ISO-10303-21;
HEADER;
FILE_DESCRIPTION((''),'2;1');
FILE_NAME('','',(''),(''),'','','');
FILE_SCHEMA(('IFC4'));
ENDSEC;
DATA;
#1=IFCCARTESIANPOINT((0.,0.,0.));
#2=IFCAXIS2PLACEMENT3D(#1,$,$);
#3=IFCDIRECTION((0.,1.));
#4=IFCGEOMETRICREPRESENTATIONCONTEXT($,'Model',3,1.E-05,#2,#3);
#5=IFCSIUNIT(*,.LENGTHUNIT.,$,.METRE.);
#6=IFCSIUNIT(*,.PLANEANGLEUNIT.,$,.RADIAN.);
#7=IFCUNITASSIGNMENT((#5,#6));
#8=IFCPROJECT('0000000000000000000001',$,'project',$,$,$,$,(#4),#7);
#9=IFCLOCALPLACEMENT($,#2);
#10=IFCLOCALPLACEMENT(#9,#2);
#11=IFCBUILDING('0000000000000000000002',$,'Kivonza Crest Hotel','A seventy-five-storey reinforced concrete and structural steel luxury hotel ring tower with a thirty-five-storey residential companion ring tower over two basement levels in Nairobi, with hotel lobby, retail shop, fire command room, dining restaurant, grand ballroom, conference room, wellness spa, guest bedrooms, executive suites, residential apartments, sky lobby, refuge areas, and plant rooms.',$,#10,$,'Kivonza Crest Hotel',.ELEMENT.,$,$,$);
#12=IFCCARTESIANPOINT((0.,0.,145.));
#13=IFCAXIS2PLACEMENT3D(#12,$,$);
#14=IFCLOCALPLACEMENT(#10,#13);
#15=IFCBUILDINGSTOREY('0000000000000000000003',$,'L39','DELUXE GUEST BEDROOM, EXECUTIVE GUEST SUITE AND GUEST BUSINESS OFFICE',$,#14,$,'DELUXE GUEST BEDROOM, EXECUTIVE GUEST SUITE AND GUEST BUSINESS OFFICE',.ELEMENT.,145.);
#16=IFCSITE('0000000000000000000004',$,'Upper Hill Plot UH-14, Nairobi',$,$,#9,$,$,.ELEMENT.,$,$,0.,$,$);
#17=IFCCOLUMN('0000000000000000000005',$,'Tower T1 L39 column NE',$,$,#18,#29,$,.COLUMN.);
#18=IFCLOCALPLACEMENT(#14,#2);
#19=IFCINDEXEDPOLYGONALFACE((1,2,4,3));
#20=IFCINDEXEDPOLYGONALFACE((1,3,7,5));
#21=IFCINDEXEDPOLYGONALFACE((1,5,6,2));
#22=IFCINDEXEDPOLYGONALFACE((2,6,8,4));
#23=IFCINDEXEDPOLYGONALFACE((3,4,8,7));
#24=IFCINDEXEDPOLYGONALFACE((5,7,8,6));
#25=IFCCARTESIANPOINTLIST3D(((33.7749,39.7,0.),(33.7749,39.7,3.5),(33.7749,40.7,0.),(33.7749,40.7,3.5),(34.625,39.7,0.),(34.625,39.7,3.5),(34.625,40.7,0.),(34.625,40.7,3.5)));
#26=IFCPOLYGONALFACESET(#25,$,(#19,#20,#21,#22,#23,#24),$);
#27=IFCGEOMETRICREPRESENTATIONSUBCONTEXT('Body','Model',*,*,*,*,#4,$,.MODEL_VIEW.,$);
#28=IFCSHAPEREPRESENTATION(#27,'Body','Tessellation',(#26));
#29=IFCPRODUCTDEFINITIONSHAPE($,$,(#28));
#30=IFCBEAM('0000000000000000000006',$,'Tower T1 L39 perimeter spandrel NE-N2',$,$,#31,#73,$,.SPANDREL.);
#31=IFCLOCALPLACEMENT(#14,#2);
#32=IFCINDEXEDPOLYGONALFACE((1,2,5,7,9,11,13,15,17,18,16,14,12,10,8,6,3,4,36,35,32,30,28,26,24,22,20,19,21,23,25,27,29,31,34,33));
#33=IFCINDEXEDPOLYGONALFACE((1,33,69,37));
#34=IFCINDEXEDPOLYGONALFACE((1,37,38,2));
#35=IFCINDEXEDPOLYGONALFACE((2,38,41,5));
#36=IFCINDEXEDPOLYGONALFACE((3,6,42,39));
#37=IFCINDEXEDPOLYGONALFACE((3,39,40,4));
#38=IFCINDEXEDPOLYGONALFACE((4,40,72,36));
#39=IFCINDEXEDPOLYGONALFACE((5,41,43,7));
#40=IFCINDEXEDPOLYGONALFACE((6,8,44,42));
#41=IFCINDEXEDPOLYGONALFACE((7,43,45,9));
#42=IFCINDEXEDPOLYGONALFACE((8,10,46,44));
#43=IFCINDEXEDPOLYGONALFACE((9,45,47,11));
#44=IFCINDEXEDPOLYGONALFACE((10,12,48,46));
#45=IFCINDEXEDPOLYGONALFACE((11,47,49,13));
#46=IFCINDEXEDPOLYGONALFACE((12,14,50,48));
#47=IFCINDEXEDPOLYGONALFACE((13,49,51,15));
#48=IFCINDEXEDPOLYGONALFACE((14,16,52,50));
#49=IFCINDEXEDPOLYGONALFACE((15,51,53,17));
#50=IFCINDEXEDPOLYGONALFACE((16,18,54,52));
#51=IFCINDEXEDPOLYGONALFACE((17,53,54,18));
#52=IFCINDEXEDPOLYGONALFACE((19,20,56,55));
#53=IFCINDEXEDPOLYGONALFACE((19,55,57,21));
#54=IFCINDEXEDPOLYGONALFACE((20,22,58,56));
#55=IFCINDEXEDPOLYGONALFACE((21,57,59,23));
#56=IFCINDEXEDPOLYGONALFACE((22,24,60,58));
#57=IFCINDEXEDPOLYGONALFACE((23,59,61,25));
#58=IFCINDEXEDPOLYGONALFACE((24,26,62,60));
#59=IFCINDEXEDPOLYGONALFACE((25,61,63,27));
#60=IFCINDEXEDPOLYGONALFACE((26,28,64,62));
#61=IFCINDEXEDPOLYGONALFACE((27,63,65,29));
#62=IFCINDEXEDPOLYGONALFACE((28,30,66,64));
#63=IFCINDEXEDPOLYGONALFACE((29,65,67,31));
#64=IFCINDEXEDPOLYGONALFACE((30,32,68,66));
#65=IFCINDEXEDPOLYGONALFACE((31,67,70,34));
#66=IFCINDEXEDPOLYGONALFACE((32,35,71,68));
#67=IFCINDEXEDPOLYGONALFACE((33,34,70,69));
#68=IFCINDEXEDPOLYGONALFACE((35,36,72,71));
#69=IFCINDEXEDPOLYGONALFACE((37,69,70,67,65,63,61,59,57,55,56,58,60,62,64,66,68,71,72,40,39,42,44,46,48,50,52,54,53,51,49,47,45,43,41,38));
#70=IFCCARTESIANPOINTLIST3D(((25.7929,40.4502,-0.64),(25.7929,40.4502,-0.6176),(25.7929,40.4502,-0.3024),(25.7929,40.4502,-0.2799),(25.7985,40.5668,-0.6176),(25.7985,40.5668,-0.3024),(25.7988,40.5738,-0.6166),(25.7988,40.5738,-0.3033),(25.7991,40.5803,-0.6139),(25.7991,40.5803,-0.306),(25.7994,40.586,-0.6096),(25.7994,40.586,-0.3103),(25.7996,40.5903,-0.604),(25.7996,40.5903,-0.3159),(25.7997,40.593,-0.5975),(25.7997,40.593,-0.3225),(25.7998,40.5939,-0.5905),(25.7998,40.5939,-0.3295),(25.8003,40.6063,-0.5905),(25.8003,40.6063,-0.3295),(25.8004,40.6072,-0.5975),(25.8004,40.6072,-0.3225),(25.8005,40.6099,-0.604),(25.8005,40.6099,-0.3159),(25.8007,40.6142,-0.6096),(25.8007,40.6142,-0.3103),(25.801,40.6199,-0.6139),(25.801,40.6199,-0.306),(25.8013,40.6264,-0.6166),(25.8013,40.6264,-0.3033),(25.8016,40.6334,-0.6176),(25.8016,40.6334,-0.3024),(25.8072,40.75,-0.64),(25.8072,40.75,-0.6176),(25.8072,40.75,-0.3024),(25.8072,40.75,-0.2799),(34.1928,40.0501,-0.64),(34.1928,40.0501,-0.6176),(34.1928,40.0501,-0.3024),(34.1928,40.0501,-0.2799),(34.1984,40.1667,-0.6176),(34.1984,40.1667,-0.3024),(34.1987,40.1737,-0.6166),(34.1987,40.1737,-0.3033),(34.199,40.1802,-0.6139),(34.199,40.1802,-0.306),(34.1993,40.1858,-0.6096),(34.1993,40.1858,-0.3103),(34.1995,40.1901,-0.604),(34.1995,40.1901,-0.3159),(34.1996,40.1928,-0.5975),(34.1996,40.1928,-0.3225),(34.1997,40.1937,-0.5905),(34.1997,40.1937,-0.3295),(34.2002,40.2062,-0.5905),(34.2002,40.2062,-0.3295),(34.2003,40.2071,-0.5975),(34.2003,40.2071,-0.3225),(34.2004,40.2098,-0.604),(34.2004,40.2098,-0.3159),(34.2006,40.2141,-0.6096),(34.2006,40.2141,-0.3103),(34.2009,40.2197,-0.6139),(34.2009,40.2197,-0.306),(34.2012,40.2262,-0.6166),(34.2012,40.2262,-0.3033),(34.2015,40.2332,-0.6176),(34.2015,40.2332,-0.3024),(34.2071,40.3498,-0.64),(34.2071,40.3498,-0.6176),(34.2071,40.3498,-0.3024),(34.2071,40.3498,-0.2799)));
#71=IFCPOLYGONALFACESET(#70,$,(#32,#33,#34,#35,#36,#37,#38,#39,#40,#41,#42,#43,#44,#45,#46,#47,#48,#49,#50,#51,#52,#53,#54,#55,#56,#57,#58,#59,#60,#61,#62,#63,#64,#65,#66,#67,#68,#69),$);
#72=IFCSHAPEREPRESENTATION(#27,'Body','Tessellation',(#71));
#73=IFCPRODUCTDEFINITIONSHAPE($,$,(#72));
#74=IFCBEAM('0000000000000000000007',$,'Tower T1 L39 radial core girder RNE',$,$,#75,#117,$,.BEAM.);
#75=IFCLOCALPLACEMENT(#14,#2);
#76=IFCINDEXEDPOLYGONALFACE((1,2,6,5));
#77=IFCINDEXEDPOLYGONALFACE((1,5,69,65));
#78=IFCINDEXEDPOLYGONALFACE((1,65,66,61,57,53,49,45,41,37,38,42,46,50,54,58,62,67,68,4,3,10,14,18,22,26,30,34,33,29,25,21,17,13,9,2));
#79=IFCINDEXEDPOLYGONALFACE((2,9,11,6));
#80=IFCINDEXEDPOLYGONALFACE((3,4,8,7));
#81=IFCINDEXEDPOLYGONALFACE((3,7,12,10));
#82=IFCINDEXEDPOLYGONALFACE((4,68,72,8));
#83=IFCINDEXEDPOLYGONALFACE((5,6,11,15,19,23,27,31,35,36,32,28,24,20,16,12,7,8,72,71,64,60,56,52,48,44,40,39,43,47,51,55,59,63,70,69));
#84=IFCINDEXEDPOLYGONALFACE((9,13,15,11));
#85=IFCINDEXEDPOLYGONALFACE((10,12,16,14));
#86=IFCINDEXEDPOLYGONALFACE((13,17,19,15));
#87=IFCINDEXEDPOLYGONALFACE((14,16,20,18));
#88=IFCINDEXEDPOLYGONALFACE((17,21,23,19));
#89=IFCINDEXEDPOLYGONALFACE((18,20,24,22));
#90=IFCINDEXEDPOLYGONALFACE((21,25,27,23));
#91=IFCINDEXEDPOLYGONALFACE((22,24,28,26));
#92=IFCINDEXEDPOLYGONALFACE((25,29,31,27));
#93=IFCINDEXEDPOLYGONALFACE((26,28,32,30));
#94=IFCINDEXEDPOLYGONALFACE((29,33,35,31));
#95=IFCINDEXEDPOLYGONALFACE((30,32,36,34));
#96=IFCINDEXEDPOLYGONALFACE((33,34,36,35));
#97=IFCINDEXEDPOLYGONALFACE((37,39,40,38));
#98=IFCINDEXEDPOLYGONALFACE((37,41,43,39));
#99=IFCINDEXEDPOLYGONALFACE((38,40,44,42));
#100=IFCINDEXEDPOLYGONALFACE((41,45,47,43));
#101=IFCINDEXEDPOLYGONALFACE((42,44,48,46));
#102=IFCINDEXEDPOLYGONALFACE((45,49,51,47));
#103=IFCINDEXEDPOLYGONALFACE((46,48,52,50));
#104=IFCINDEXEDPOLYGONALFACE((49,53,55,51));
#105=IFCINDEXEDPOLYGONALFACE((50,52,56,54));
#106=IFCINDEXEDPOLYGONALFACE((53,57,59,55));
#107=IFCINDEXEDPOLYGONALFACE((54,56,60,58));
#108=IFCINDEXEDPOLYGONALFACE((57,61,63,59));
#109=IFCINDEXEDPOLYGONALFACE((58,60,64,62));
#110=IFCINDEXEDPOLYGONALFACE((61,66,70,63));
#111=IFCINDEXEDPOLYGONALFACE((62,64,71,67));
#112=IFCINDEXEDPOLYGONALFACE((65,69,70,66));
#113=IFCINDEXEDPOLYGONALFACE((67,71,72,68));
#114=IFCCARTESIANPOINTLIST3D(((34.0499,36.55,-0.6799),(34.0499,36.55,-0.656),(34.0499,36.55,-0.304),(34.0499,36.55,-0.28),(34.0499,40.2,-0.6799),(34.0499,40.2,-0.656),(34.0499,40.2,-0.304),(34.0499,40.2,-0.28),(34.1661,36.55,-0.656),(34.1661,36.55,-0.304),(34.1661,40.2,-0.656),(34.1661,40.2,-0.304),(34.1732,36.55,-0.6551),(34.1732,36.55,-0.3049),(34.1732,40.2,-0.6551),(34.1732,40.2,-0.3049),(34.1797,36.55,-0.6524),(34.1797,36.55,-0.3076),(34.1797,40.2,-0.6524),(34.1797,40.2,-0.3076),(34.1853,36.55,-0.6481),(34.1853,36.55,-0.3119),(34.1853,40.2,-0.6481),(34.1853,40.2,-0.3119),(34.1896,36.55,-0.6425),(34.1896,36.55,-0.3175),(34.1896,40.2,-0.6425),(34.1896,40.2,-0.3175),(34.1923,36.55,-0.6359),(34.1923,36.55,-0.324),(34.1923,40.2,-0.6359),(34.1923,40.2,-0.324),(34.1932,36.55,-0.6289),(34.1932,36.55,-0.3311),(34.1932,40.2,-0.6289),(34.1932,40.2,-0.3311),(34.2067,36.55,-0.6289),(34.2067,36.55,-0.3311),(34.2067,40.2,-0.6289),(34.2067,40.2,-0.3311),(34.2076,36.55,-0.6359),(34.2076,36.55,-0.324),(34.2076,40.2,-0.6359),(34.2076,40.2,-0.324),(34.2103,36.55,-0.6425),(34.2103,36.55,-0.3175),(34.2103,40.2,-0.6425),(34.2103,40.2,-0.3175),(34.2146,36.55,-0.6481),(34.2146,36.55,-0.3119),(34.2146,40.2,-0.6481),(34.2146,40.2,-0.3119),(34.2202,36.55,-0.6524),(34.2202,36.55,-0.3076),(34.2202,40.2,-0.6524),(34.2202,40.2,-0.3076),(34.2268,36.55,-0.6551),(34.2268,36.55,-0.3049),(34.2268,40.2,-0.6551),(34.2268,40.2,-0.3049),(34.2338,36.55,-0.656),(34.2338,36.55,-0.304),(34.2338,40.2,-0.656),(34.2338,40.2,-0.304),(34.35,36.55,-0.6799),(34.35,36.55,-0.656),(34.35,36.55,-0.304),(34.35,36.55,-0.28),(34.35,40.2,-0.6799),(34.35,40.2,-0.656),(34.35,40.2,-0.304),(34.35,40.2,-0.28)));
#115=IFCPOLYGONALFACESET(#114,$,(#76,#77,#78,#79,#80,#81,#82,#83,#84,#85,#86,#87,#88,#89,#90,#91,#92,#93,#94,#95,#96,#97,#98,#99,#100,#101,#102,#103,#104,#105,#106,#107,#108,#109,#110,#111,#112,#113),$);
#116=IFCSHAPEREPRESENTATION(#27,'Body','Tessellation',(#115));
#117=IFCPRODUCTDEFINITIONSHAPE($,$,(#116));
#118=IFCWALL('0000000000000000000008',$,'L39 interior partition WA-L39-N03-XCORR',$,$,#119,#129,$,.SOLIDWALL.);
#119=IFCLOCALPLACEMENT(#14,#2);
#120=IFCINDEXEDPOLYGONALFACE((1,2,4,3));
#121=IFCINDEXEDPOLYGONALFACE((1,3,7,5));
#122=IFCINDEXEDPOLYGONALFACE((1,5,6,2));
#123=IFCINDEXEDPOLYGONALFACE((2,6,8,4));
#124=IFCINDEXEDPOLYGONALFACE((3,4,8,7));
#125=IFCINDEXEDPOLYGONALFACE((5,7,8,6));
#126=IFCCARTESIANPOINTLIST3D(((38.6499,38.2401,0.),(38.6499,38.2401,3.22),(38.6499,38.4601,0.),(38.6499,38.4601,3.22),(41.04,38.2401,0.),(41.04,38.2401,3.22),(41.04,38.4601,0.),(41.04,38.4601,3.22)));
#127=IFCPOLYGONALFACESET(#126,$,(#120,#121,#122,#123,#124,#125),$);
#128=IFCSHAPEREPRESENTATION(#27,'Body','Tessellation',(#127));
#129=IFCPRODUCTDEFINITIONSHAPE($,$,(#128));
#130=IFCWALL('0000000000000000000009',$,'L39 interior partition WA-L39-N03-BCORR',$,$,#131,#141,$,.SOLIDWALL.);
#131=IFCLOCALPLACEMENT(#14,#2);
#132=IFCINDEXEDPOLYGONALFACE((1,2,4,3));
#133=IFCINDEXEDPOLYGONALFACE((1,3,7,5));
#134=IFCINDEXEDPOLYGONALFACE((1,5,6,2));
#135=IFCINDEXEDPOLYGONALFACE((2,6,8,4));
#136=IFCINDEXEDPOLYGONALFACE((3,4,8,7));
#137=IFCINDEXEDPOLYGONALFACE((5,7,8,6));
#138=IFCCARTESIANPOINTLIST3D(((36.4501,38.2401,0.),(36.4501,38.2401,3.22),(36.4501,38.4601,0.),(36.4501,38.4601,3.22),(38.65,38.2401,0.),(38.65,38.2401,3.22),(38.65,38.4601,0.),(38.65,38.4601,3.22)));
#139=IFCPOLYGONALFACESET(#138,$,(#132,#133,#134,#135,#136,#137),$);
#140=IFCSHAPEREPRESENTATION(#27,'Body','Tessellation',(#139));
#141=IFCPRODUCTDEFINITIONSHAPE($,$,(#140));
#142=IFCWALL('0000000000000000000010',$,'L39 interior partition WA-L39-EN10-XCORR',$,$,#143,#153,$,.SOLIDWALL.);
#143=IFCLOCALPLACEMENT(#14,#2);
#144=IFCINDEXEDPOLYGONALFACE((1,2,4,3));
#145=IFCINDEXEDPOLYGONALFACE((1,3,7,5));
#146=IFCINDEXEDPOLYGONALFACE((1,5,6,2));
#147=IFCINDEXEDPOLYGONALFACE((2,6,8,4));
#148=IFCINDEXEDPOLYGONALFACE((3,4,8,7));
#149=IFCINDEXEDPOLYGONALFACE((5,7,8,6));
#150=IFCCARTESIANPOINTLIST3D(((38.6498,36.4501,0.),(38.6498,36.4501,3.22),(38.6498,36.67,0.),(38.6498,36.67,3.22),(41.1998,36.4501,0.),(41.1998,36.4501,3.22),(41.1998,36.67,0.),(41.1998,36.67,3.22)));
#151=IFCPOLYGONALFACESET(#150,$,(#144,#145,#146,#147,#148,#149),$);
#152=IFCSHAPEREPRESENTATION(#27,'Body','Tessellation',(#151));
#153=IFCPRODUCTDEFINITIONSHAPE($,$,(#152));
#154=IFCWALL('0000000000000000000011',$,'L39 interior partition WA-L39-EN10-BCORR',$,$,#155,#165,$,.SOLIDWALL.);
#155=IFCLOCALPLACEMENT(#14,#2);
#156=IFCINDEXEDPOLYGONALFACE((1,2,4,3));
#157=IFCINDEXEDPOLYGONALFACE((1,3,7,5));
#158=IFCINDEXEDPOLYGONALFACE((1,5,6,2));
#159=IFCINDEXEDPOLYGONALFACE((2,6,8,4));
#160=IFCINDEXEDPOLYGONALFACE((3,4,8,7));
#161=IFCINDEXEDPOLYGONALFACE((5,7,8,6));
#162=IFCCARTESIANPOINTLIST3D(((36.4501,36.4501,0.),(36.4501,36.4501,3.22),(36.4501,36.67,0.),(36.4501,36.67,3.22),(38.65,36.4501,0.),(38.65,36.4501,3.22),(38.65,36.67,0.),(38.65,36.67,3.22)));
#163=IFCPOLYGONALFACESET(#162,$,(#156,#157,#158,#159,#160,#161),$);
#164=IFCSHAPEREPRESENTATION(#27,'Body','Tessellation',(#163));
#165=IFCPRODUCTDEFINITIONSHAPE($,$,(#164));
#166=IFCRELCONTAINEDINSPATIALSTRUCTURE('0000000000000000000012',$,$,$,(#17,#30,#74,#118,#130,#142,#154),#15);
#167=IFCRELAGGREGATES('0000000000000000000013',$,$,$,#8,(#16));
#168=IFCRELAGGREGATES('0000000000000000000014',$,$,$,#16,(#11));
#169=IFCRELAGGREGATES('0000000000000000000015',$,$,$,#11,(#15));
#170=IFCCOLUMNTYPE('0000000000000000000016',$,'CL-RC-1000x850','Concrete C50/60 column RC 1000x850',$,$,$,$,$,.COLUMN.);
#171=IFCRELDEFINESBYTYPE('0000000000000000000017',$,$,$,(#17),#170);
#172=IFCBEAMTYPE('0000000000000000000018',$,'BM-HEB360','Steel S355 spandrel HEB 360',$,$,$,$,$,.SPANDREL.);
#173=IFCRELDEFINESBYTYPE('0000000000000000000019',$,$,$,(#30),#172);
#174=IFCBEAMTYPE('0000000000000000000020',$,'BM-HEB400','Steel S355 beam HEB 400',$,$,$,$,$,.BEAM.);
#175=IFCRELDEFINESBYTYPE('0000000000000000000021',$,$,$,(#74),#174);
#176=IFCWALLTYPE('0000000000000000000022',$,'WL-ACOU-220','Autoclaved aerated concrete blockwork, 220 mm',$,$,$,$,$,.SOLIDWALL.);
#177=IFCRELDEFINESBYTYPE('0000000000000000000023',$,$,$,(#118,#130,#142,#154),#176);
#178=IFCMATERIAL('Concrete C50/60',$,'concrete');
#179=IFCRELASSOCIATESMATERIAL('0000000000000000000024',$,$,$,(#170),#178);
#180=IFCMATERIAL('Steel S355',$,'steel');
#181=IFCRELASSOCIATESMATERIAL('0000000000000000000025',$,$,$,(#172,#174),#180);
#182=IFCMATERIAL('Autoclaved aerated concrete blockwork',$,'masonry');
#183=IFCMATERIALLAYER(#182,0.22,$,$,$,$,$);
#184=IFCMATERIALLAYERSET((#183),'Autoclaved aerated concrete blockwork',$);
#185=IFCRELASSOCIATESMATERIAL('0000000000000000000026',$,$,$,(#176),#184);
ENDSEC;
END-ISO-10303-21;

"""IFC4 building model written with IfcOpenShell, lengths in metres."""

from ifc_helpers import new_model, si_unit, direction, frame, frame_2d, origin, origin_2d, place, context, subcontext, project, spatial, rectangle, i_section, extrude, material, layer, layer_set, material_profile, profile_set, type_object, element, save


model = new_model("IFC4")

# Units and contexts
model_context = context("Model", 3, precision=1e-05, world=origin(), true_north=direction((0.0, 1.0)))
body_context = subcontext(model_context, "Body", "Model", "MODEL_VIEW")
ifc_project = project(units=[si_unit("LENGTHUNIT", "METRE"), si_unit("PLANEANGLEUNIT", "RADIAN")], contexts=[model_context])

# Site, building, storey
site_placement = place(None, origin())
site = spatial("IfcSite", under=ifc_project, at=site_placement, Name="Upper Hill Plot UH-14, Nairobi", CompositionType="ELEMENT", RefElevation=0.0)
building_placement = place(site_placement, origin())
building = spatial("IfcBuilding", under=site, at=building_placement, Name="Kivonza Crest Hotel", Description="A seventy-five-storey reinforced concrete and structural steel luxury hotel ring tower with a thirty-five-storey residential companion ring tower over two basement levels in Nairobi, with hotel lobby, retail shop, fire command room, dining restaurant, grand ballroom, conference room, wellness spa, guest bedrooms, executive suites, residential apartments, sky lobby, refuge areas, and plant rooms.", LongName="Kivonza Crest Hotel", CompositionType="ELEMENT")
storey_placement = place(building_placement, frame((0.0, 0.0, 145.0)))
storey = spatial("IfcBuildingStorey", under=building, at=storey_placement, Name="L39", Description="DELUXE GUEST BEDROOM, EXECUTIVE GUEST SUITE AND GUEST BUSINESS OFFICE", LongName="DELUXE GUEST BEDROOM, EXECUTIVE GUEST SUITE AND GUEST BUSINESS OFFICE", CompositionType="ELEMENT", Elevation=145.0)

# Column
ifc_material_1 = material(Name="Concrete C50/60", Category="concrete")
ifc_material_profile_1 = material_profile(ifc_material_1, rectangle(XDim=0.8501, YDim=1.0, at=origin_2d()), Name="RC 1000x850")
ifc_profile_set_1 = profile_set([ifc_material_profile_1], Name="Concrete C50/60")
column_type = type_object("IfcColumnType", Name="CL-RC-1000x850", Description="Concrete C50/60 column RC 1000x850", PredefinedType="COLUMN", material=ifc_profile_set_1)
column_placement = place(storey_placement, frame((34.2, 40.2, 0.0), z_axis=(0.0, 0.0, 1.0), x_axis=(1.0, 0.0, 0.0)))
element("IfcColumn", 1, at=column_placement, inside=storey, type_object=column_type, Name="Tower T1 L39 column NE", PredefinedType="COLUMN", context=body_context, shape_type="SweptSolid", body=[
    extrude(rectangle(XDim=0.8501, YDim=1.0, at=origin_2d()), origin(), (0.0, 0.0, 1.0), 3.5),
])

# Beams
ifc_material_2 = material(Name="Steel S355", Category="steel")
ifc_material_profile_2 = material_profile(ifc_material_2, i_section(OverallWidth=0.3, OverallDepth=0.3601, WebThickness=0.0125, FlangeThickness=0.0225, FilletRadius=0.0271, at=origin_2d()), Name="HEB 360")
ifc_profile_set_2 = profile_set([ifc_material_profile_2], Name="Steel S355")
beam_type_1 = type_object("IfcBeamType", Name="BM-HEB360", Description="Steel S355 spandrel HEB 360", PredefinedType="SPANDREL", material=ifc_profile_set_2)
beam_1_placement = place(storey_placement, frame((34.2, 40.2, -0.46), z_axis=(-0.998867, 0.047583, 0.0), x_axis=(-0.047583, -0.998867, 0.0)))
element("IfcBeam", 2, at=beam_1_placement, inside=storey, type_object=beam_type_1, Name="Tower T1 L39 perimeter spandrel NE-N2", PredefinedType="SPANDREL", context=body_context, shape_type="SweptSolid", body=[
    extrude(i_section(OverallWidth=0.3, OverallDepth=0.3601, WebThickness=0.0125, FlangeThickness=0.0225, FilletRadius=0.0271, at=origin_2d()), origin(), (0.0, 0.0, 1.0), 8.4094),
])
ifc_material_profile_3 = material_profile(ifc_material_2, i_section(OverallWidth=0.3, OverallDepth=0.3999, WebThickness=0.0134, FlangeThickness=0.0239, FilletRadius=0.0271, at=origin_2d()), Name="HEB 400")
ifc_profile_set_3 = profile_set([ifc_material_profile_3], Name="Steel S355")
beam_type_2 = type_object("IfcBeamType", Name="BM-HEB400", Description="Steel S355 beam HEB 400", PredefinedType="BEAM", material=ifc_profile_set_3)
beam_2_placement = place(storey_placement, frame((34.2, 40.2, -0.48), z_axis=(0.0, -1.0, 0.0), x_axis=(1.0, 0.0, 0.0)))
element("IfcBeam", 3, at=beam_2_placement, inside=storey, type_object=beam_type_2, Name="Tower T1 L39 radial core girder RNE", PredefinedType="BEAM", context=body_context, shape_type="SweptSolid", body=[
    extrude(i_section(OverallWidth=0.3, OverallDepth=0.3999, WebThickness=0.0134, FlangeThickness=0.0239, FilletRadius=0.0271, at=origin_2d()), origin(), (0.0, 0.0, 1.0), 3.6499),
])

# Walls
ifc_material_3 = material(Name="Autoclaved aerated concrete blockwork", Category="masonry")
ifc_layer_1 = layer(ifc_material_3, 0.22)
ifc_layer_set_1 = layer_set([ifc_layer_1], Name="Autoclaved aerated concrete blockwork")
wall_type_1 = type_object("IfcWallType", Name="WL-ACOU-220", Description="Autoclaved aerated concrete blockwork, 220 mm", PredefinedType="SOLIDWALL", material=ifc_layer_set_1)
wall_1_placement = place(storey_placement, frame((38.6499, 38.3501, 0.0), z_axis=(0.0, 0.0, 1.0), x_axis=(1.0, 0.0, 0.0)))
element("IfcWall", 4, at=wall_1_placement, inside=storey, type_object=wall_type_1, Name="L39 interior partition WA-L39-N03-XCORR", PredefinedType="SOLIDWALL", context=body_context, shape_type="SweptSolid", body=[
    extrude(rectangle(XDim=2.3901, YDim=0.22, at=frame_2d((1.1951, 0.0))), origin(), (0.0, 0.0, 1.0), 3.22),
])
wall_2_placement = place(storey_placement, frame((36.45, 38.3501, 0.0), z_axis=(0.0, 0.0, 1.0), x_axis=(1.0, 0.0, 0.0)))
element("IfcWall", 5, at=wall_2_placement, inside=storey, type_object=wall_type_1, Name="L39 interior partition WA-L39-N03-BCORR", PredefinedType="SOLIDWALL", context=body_context, shape_type="SweptSolid", body=[
    extrude(rectangle(XDim=2.2, YDim=0.22, at=frame_2d((1.1001, 0.0))), origin(), (0.0, 0.0, 1.0), 3.22),
])
wall_3_placement = place(storey_placement, frame((38.6499, 36.5601, 0.0), z_axis=(0.0, 0.0, 1.0), x_axis=(1.0, 0.0, 0.0)))
element("IfcWall", 6, at=wall_3_placement, inside=storey, type_object=wall_type_1, Name="L39 interior partition WA-L39-EN10-XCORR", PredefinedType="SOLIDWALL", context=body_context, shape_type="SweptSolid", body=[
    extrude(rectangle(XDim=2.55, YDim=0.22, at=frame_2d((1.2749, 0.0))), origin(), (0.0, 0.0, 1.0), 3.22),
])
wall_4_placement = place(storey_placement, frame((36.45, 36.5601, 0.0), z_axis=(0.0, 0.0, 1.0), x_axis=(1.0, 0.0, 0.0)))
element("IfcWall", 7, at=wall_4_placement, inside=storey, type_object=wall_type_1, Name="L39 interior partition WA-L39-EN10-BCORR", PredefinedType="SOLIDWALL", context=body_context, shape_type="SweptSolid", body=[
    extrude(rectangle(XDim=2.2, YDim=0.22, at=frame_2d((1.1001, 0.0))), origin(), (0.0, 0.0, 1.0), 3.22),
])

save(model, "model.ifc")
